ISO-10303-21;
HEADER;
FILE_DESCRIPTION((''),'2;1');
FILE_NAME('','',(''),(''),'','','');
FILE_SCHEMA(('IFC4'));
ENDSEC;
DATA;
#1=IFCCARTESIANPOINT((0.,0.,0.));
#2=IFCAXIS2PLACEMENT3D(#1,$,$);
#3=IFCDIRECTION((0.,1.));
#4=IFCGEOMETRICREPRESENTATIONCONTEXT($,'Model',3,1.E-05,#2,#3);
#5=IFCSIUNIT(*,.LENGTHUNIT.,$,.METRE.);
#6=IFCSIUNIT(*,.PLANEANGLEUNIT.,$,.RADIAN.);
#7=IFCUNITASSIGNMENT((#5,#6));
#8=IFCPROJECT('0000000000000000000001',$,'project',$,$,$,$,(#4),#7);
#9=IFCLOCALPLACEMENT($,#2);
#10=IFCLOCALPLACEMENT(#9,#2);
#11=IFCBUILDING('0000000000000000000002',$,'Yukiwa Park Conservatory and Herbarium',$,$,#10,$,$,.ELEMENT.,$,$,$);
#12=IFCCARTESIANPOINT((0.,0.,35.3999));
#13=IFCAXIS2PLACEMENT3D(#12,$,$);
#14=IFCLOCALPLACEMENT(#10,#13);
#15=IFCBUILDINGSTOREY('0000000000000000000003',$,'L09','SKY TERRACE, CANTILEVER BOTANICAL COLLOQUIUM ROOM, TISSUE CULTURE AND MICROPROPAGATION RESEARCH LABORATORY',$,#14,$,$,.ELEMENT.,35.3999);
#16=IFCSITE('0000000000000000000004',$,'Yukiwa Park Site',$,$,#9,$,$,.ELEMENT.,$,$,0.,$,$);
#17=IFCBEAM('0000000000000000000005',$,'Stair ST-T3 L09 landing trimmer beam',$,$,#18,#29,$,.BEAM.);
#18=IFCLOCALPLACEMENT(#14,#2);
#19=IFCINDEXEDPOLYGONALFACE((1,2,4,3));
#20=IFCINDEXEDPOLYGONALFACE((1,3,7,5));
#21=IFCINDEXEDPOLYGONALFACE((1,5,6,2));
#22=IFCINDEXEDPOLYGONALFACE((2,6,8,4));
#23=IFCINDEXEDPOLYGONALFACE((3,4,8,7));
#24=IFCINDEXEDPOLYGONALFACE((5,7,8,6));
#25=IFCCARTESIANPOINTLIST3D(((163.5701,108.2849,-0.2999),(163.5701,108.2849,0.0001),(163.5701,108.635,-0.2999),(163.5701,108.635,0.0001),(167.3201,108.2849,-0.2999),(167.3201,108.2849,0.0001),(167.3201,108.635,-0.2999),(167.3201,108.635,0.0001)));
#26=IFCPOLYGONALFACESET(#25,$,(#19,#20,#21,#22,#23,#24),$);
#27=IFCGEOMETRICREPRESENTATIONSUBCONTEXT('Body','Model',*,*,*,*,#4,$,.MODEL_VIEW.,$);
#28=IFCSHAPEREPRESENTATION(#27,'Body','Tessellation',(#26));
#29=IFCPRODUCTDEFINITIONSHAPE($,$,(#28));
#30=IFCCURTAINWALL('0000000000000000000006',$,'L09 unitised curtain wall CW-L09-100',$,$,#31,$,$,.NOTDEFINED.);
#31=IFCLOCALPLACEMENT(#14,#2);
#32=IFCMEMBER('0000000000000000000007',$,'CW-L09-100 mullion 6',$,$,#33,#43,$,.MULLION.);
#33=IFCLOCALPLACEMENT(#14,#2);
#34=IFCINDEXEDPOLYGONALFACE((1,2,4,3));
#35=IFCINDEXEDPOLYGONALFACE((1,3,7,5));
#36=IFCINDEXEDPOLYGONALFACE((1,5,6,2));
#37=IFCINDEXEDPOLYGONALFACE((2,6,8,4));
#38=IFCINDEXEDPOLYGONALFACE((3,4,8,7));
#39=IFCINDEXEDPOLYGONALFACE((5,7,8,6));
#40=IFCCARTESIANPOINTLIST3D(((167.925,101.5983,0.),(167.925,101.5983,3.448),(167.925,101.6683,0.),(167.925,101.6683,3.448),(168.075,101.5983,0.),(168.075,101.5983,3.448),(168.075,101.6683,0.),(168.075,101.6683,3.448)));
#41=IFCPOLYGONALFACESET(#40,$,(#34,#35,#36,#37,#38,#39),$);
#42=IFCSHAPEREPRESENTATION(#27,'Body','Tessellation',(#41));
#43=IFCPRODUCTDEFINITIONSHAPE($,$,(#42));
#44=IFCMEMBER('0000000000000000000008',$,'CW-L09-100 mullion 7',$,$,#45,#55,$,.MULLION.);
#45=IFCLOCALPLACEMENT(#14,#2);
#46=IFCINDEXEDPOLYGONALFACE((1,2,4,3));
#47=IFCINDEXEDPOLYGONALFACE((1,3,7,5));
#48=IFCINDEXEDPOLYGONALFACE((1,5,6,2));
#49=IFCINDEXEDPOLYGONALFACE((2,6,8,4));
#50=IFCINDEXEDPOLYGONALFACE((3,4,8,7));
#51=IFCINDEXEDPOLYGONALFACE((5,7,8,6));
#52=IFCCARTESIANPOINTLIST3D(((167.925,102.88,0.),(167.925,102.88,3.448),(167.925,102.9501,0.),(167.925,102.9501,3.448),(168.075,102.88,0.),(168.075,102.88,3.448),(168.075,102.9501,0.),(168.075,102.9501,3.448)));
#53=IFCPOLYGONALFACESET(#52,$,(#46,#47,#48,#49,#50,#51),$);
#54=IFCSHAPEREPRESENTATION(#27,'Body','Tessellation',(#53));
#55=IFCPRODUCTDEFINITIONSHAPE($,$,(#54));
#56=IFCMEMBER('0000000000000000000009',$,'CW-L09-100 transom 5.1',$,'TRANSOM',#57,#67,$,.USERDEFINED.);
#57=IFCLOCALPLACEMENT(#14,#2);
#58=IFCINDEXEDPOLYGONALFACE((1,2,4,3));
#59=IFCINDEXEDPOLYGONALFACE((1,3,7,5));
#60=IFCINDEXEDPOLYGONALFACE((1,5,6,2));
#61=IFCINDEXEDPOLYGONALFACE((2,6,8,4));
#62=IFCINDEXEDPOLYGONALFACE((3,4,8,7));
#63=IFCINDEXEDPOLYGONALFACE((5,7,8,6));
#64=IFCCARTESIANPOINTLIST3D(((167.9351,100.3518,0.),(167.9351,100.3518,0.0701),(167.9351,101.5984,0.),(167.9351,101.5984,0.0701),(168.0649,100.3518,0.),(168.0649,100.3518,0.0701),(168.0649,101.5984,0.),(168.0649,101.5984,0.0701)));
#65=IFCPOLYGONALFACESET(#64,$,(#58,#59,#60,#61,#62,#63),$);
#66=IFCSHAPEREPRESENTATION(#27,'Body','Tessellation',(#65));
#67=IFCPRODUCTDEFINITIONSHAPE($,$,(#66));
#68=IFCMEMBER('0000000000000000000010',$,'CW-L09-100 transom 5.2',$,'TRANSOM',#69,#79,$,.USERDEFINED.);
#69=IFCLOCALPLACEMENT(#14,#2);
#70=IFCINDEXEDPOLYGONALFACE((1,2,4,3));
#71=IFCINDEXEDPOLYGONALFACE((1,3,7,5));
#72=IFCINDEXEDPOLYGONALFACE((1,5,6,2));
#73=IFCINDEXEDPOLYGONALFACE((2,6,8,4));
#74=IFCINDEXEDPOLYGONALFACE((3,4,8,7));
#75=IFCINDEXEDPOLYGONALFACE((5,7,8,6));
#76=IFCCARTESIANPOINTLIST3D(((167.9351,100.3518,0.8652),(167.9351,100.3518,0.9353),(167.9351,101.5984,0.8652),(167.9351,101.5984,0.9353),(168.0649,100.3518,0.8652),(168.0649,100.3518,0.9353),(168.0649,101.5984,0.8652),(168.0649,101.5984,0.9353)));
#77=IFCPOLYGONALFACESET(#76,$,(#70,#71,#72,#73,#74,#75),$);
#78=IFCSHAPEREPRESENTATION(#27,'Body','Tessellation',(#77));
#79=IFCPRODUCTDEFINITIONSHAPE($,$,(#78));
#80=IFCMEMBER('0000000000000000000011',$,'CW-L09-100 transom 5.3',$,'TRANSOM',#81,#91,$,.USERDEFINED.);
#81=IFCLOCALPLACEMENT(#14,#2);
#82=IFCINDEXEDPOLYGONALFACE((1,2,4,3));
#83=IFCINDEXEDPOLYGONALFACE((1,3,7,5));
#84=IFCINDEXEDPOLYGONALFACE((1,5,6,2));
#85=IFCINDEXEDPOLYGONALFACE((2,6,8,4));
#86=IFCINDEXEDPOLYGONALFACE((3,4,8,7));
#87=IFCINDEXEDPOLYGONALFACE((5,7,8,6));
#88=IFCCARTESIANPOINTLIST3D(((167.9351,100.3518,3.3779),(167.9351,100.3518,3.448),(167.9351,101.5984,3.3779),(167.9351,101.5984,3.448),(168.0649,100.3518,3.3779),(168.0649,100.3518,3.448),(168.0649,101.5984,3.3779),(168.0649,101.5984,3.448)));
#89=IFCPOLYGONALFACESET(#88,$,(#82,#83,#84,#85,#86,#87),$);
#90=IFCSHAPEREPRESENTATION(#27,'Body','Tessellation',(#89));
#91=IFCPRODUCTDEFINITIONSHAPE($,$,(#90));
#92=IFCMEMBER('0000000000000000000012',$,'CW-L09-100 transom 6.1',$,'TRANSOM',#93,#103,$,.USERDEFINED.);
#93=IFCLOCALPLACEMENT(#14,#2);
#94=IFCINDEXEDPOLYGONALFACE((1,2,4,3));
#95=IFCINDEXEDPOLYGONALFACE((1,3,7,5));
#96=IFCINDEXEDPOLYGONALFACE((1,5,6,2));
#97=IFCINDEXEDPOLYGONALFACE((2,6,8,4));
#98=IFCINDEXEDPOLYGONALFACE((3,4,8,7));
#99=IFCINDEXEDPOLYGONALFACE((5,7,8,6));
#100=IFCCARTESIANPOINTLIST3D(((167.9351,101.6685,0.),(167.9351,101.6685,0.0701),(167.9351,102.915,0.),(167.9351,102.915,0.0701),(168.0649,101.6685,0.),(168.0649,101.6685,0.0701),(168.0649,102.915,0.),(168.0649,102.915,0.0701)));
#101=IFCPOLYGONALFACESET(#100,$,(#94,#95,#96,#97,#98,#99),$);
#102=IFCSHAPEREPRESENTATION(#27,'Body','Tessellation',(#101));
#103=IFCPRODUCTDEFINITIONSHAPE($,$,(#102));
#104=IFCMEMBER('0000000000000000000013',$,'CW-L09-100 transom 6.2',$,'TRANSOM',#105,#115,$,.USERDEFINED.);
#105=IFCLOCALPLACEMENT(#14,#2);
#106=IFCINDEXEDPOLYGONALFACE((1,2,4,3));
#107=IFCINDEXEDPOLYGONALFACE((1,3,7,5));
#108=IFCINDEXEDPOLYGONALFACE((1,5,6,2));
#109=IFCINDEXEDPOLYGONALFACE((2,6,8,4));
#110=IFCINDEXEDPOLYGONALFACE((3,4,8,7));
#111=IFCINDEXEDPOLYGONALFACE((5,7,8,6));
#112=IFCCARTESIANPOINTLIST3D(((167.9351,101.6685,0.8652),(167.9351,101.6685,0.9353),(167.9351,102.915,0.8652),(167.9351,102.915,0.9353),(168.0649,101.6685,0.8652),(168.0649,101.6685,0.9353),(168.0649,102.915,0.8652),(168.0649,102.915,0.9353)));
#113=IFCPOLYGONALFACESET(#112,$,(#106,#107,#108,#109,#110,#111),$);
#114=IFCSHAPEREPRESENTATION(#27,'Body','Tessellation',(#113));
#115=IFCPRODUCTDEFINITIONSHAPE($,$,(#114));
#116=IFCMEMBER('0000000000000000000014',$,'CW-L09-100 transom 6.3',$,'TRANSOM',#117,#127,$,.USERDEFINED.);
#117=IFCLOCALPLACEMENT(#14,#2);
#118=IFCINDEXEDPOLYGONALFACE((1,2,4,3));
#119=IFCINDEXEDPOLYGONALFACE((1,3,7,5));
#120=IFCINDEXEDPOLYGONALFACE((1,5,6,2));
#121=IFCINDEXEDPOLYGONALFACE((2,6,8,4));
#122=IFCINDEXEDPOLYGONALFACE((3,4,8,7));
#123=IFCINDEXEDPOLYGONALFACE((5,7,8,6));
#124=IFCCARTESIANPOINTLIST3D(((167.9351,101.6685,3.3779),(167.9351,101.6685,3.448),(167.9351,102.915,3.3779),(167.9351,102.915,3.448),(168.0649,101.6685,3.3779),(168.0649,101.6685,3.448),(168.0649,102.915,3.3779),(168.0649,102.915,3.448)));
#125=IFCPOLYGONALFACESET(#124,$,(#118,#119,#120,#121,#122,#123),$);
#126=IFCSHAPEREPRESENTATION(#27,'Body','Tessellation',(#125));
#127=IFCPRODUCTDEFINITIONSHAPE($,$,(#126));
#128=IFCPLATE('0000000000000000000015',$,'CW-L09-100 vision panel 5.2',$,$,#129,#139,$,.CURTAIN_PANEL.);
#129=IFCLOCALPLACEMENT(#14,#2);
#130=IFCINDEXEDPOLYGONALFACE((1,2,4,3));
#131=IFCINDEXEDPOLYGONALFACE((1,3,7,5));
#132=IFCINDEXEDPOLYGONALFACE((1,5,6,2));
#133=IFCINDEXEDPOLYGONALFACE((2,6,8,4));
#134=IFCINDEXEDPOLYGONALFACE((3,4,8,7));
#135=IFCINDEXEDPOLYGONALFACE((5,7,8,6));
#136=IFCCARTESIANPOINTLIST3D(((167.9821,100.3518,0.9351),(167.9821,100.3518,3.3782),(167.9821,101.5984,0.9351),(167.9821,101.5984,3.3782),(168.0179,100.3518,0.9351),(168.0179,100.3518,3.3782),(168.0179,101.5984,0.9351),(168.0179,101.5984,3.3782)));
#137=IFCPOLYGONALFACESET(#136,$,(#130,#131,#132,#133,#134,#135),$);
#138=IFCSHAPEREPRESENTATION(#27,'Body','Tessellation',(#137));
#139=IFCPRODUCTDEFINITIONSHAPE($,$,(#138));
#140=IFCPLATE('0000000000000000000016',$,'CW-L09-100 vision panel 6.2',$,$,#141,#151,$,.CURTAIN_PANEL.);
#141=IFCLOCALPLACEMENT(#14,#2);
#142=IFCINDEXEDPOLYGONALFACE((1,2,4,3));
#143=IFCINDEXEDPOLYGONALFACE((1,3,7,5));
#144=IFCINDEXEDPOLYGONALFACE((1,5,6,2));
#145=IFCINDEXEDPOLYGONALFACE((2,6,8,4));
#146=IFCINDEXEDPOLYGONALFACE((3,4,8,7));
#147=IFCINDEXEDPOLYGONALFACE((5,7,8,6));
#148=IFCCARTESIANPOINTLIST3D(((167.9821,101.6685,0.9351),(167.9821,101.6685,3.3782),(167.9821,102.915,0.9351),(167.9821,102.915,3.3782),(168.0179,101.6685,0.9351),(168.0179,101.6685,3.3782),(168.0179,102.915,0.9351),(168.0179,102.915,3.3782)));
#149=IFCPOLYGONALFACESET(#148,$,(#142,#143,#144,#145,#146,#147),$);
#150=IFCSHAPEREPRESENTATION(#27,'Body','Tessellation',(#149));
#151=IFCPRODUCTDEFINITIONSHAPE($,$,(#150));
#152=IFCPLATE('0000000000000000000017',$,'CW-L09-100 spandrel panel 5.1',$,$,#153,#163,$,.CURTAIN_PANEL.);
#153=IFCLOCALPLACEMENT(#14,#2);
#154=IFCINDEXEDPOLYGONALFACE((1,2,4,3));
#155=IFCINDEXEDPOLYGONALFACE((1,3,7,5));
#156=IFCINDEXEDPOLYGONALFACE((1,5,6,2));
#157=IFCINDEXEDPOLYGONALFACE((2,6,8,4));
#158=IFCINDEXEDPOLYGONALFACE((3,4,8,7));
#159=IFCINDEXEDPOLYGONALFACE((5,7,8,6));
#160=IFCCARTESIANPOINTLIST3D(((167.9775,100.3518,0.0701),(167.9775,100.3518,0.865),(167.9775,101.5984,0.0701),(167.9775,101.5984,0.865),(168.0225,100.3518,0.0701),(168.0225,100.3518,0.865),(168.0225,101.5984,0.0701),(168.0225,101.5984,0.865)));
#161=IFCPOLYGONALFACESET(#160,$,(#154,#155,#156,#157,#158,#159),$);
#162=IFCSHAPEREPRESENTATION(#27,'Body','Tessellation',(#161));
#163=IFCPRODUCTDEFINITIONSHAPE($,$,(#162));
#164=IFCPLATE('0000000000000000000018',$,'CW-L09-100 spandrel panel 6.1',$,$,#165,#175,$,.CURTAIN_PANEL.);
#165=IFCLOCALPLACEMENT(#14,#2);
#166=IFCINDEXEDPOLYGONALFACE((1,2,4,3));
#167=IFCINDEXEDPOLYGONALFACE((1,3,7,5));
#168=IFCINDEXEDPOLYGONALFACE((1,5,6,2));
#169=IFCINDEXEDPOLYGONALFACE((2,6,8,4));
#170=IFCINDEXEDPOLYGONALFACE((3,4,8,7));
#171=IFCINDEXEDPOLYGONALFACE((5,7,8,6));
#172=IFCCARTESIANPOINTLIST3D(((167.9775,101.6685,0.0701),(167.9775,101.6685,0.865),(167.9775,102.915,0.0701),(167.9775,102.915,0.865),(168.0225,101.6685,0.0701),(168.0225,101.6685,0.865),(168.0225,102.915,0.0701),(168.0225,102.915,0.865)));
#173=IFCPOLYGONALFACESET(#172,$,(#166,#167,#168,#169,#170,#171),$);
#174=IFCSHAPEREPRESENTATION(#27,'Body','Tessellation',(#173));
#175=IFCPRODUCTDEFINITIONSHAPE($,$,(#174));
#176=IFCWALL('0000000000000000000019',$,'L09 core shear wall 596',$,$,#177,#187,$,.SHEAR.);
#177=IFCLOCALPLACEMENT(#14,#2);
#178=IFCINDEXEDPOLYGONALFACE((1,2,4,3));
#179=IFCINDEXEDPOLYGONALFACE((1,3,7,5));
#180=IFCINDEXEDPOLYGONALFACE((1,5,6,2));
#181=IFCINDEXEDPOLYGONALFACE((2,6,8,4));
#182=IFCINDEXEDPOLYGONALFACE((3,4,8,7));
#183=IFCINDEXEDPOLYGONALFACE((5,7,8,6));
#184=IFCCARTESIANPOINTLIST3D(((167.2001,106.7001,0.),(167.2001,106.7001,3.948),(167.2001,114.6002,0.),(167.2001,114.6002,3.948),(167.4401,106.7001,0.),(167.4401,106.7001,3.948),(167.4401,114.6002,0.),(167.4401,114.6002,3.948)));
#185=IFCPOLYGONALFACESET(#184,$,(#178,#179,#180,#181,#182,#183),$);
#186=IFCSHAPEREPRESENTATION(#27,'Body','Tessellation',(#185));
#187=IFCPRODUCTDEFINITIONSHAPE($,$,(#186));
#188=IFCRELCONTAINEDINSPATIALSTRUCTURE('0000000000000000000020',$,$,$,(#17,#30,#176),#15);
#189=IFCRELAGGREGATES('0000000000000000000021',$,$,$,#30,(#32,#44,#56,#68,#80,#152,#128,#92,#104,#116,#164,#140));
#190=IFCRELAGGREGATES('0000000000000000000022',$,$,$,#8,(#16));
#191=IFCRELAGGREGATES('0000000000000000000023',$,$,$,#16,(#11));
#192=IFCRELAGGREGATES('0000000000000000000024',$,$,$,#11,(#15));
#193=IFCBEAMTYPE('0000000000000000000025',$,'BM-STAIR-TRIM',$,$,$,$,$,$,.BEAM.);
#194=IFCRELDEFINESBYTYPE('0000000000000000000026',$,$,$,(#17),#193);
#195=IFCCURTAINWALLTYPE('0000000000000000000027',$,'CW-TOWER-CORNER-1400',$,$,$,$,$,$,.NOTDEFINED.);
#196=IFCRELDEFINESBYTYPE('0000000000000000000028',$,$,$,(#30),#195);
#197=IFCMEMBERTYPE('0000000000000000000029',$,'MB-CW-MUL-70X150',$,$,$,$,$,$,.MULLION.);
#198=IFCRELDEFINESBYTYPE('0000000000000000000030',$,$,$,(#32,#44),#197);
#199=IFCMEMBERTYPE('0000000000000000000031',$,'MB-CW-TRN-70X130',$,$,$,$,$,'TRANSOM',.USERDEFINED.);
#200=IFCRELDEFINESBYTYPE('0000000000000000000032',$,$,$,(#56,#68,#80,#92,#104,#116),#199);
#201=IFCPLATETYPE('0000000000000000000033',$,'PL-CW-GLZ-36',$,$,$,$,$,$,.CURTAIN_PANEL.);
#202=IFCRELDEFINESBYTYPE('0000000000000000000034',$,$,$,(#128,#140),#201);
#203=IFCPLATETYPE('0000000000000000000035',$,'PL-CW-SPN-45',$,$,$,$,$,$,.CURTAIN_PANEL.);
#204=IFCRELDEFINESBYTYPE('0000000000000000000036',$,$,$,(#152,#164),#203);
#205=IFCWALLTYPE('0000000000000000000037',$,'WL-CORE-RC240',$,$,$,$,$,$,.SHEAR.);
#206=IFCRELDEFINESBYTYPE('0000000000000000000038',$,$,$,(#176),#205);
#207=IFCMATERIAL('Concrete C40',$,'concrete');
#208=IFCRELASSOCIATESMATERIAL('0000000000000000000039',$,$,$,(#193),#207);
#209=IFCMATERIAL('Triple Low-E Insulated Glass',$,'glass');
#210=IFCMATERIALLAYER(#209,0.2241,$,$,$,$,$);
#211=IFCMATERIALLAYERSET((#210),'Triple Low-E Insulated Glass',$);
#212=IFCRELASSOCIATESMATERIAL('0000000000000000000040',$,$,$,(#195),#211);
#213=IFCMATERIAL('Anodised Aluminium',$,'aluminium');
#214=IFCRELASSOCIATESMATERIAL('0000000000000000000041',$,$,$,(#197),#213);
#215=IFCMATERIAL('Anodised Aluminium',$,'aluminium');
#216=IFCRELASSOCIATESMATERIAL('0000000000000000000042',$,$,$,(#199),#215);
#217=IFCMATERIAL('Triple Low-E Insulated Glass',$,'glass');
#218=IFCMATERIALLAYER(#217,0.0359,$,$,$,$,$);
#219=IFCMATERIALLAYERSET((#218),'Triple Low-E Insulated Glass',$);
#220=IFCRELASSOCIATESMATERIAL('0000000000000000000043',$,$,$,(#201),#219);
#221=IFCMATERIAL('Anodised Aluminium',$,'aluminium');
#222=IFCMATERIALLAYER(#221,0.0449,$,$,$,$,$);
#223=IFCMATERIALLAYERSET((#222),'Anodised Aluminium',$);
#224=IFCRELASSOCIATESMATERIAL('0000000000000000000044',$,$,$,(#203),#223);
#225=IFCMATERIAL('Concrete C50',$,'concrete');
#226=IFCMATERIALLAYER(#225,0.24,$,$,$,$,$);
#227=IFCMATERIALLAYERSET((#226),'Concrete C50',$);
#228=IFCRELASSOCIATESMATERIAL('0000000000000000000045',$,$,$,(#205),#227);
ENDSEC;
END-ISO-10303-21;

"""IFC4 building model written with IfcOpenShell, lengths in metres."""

from ifc_helpers import new_model, si_unit, direction, frame, frame_2d, origin, origin_2d, place, context, subcontext, project, spatial, rectangle, extrude, material, layer, layer_set, material_profile, profile_set, type_object, element, aggregate, save


model = new_model("IFC4")

# Units and contexts
model_context = context("Model", 3, precision=1e-05, world=origin(), true_north=direction((0.0, 1.0)))
body_context = subcontext(model_context, "Body", "Model", "MODEL_VIEW")
ifc_project = project(units=[si_unit("LENGTHUNIT", "METRE"), si_unit("PLANEANGLEUNIT", "RADIAN")], contexts=[model_context])

# Site, building, storey
site_placement = place(None, origin())
site = spatial("IfcSite", under=ifc_project, at=site_placement, Name="Yukiwa Park Site", CompositionType="ELEMENT", RefElevation=0.0)
building_placement = place(site_placement, origin())
building = spatial("IfcBuilding", under=site, at=building_placement, Name="Yukiwa Park Conservatory and Herbarium", CompositionType="ELEMENT")
storey_placement = place(building_placement, frame((0.0, 0.0, 35.3999)))
storey = spatial("IfcBuildingStorey", under=building, at=storey_placement, Name="L09", Description="SKY TERRACE, CANTILEVER BOTANICAL COLLOQUIUM ROOM, TISSUE CULTURE AND MICROPROPAGATION RESEARCH LABORATORY", CompositionType="ELEMENT", Elevation=35.3999)

# Beam
ifc_material_1 = material(Name="Concrete C40", Category="concrete")
ifc_material_profile_1 = material_profile(ifc_material_1, rectangle(XDim=0.3501, YDim=0.3, at=origin_2d()), Name="RC 350x300")
ifc_profile_set_1 = profile_set([ifc_material_profile_1], Name="Concrete C40")
beam_type_1 = type_object("IfcBeamType", Name="BM-STAIR-TRIM", PredefinedType="BEAM", material=ifc_profile_set_1)
beam_1_placement = place(storey_placement, frame((163.5701, 108.46, -0.1499), z_axis=(1.0, 0.0, 0.0), x_axis=(0.0, 1.0, 0.0)))
element("IfcBeam", 1, at=beam_1_placement, inside=storey, type_object=beam_type_1, Name="Stair ST-T3 L09 landing trimmer beam", PredefinedType="BEAM", context=body_context, shape_type="SweptSolid", body=[
    extrude(rectangle(XDim=0.3501, YDim=0.3, at=origin_2d()), origin(), (0.0, 0.0, 1.0), 3.75),
])

# Curtain wall, members, plates
ifc_material_2 = material(Name="Triple Low-E Insulated Glass", Category="glass")
ifc_layer_1 = layer(ifc_material_2, 0.2241)
ifc_layer_set_1 = layer_set([ifc_layer_1], Name="Triple Low-E Insulated Glass")
curtain_wall_type = type_object("IfcCurtainWallType", Name="CW-TOWER-CORNER-1400", PredefinedType="NOTDEFINED", material=ifc_layer_set_1)
curtain_wall_placement = place(storey_placement, origin())
curtain_wall = element("IfcCurtainWall", 2, at=curtain_wall_placement, inside=storey, type_object=curtain_wall_type, Name="L09 unitised curtain wall CW-L09-100", PredefinedType="NOTDEFINED")
ifc_material_3 = material(Name="Anodised Aluminium", Category="aluminium")
member_type_1 = type_object("IfcMemberType", Name="MB-CW-MUL-70X150", PredefinedType="MULLION", material=ifc_material_3)
member_1_placement = place(storey_placement, frame((168.0, 101.6333, 0.0), z_axis=(0.0, 0.0, 1.0), x_axis=(0.0, 1.0, 0.0)))
member_1 = element("IfcMember", 3, at=member_1_placement, type_object=member_type_1, Name="CW-L09-100 mullion 6", PredefinedType="MULLION", context=body_context, shape_type="SweptSolid", body=[
    extrude(rectangle(XDim=0.0701, YDim=0.1499, at=origin_2d()), origin(), (0.0, 0.0, 1.0), 3.448),
])
member_2_placement = place(storey_placement, frame((168.0, 102.915, 0.0), z_axis=(0.0, 0.0, 1.0), x_axis=(0.0, 1.0, 0.0)))
member_2 = element("IfcMember", 4, at=member_2_placement, type_object=member_type_1, Name="CW-L09-100 mullion 7", PredefinedType="MULLION", context=body_context, shape_type="SweptSolid", body=[
    extrude(rectangle(XDim=0.0701, YDim=0.1499, at=origin_2d()), origin(), (0.0, 0.0, 1.0), 3.448),
])
ifc_material_4 = material(Name="Anodised Aluminium", Category="aluminium")
member_type_2 = type_object("IfcMemberType", Name="MB-CW-TRN-70X130", ElementType="TRANSOM", PredefinedType="USERDEFINED", material=ifc_material_4)
member_3_placement = place(storey_placement, frame((168.0, 100.9751, 0.0), z_axis=(0.0, 0.0, 1.0), x_axis=(0.0, 1.0, 0.0)))
member_3 = element("IfcMember", 5, at=member_3_placement, type_object=member_type_2, Name="CW-L09-100 transom 5.1", ObjectType="TRANSOM", PredefinedType="USERDEFINED", context=body_context, shape_type="SweptSolid", body=[
    extrude(rectangle(XDim=1.2466, YDim=0.1299, at=origin_2d()), origin(), (0.0, 0.0, 1.0), 0.0701),
])
member_4_placement = place(storey_placement, frame((168.0, 100.9751, 0.8652), z_axis=(0.0, 0.0, 1.0), x_axis=(0.0, 1.0, 0.0)))
member_4 = element("IfcMember", 6, at=member_4_placement, type_object=member_type_2, Name="CW-L09-100 transom 5.2", ObjectType="TRANSOM", PredefinedType="USERDEFINED", context=body_context, shape_type="SweptSolid", body=[
    extrude(rectangle(XDim=1.2466, YDim=0.1299, at=origin_2d()), origin(), (0.0, 0.0, 1.0), 0.0701),
])
member_5_placement = place(storey_placement, frame((168.0, 100.9751, 3.3779), z_axis=(0.0, 0.0, 1.0), x_axis=(0.0, 1.0, 0.0)))
member_5 = element("IfcMember", 7, at=member_5_placement, type_object=member_type_2, Name="CW-L09-100 transom 5.3", ObjectType="TRANSOM", PredefinedType="USERDEFINED", context=body_context, shape_type="SweptSolid", body=[
    extrude(rectangle(XDim=1.2466, YDim=0.1299, at=origin_2d()), origin(), (0.0, 0.0, 1.0), 0.0701),
])
member_6_placement = place(storey_placement, frame((168.0, 102.2917, 0.0), z_axis=(0.0, 0.0, 1.0), x_axis=(0.0, 1.0, 0.0)))
member_6 = element("IfcMember", 8, at=member_6_placement, type_object=member_type_2, Name="CW-L09-100 transom 6.1", ObjectType="TRANSOM", PredefinedType="USERDEFINED", context=body_context, shape_type="SweptSolid", body=[
    extrude(rectangle(XDim=1.2466, YDim=0.1299, at=origin_2d()), origin(), (0.0, 0.0, 1.0), 0.0701),
])
member_7_placement = place(storey_placement, frame((168.0, 102.2917, 0.8652), z_axis=(0.0, 0.0, 1.0), x_axis=(0.0, 1.0, 0.0)))
member_7 = element("IfcMember", 9, at=member_7_placement, type_object=member_type_2, Name="CW-L09-100 transom 6.2", ObjectType="TRANSOM", PredefinedType="USERDEFINED", context=body_context, shape_type="SweptSolid", body=[
    extrude(rectangle(XDim=1.2466, YDim=0.1299, at=origin_2d()), origin(), (0.0, 0.0, 1.0), 0.0701),
])
member_8_placement = place(storey_placement, frame((168.0, 102.2917, 3.3779), z_axis=(0.0, 0.0, 1.0), x_axis=(0.0, 1.0, 0.0)))
member_8 = element("IfcMember", 10, at=member_8_placement, type_object=member_type_2, Name="CW-L09-100 transom 6.3", ObjectType="TRANSOM", PredefinedType="USERDEFINED", context=body_context, shape_type="SweptSolid", body=[
    extrude(rectangle(XDim=1.2466, YDim=0.1299, at=origin_2d()), origin(), (0.0, 0.0, 1.0), 0.0701),
])
ifc_material_5 = material(Name="Triple Low-E Insulated Glass", Category="glass")
ifc_layer_2 = layer(ifc_material_5, 0.0359)
ifc_layer_set_2 = layer_set([ifc_layer_2], Name="Triple Low-E Insulated Glass")
plate_type_1 = type_object("IfcPlateType", Name="PL-CW-GLZ-36", PredefinedType="CURTAIN_PANEL", material=ifc_layer_set_2)
plate_1_placement = place(storey_placement, frame((168.0, 100.9751, 0.9351), z_axis=(0.0, 0.0, 1.0), x_axis=(0.0, 1.0, 0.0)))
plate_1 = element("IfcPlate", 11, at=plate_1_placement, type_object=plate_type_1, Name="CW-L09-100 vision panel 5.2", PredefinedType="CURTAIN_PANEL", context=body_context, shape_type="SweptSolid", body=[
    extrude(rectangle(XDim=1.2466, YDim=0.0359, at=origin_2d()), origin(), (0.0, 0.0, 1.0), 2.4431),
])
plate_2_placement = place(storey_placement, frame((168.0, 102.2917, 0.9351), z_axis=(0.0, 0.0, 1.0), x_axis=(0.0, 1.0, 0.0)))
plate_2 = element("IfcPlate", 12, at=plate_2_placement, type_object=plate_type_1, Name="CW-L09-100 vision panel 6.2", PredefinedType="CURTAIN_PANEL", context=body_context, shape_type="SweptSolid", body=[
    extrude(rectangle(XDim=1.2466, YDim=0.0359, at=origin_2d()), origin(), (0.0, 0.0, 1.0), 2.4431),
])
ifc_material_6 = material(Name="Anodised Aluminium", Category="aluminium")
ifc_layer_3 = layer(ifc_material_6, 0.0449)
ifc_layer_set_3 = layer_set([ifc_layer_3], Name="Anodised Aluminium")
plate_type_2 = type_object("IfcPlateType", Name="PL-CW-SPN-45", PredefinedType="CURTAIN_PANEL", material=ifc_layer_set_3)
plate_3_placement = place(storey_placement, frame((168.0, 100.9751, 0.0701), z_axis=(0.0, 0.0, 1.0), x_axis=(0.0, 1.0, 0.0)))
plate_3 = element("IfcPlate", 13, at=plate_3_placement, type_object=plate_type_2, Name="CW-L09-100 spandrel panel 5.1", PredefinedType="CURTAIN_PANEL", context=body_context, shape_type="SweptSolid", body=[
    extrude(rectangle(XDim=1.2466, YDim=0.0449, at=origin_2d()), origin(), (0.0, 0.0, 1.0), 0.7949),
])
plate_4_placement = place(storey_placement, frame((168.0, 102.2917, 0.0701), z_axis=(0.0, 0.0, 1.0), x_axis=(0.0, 1.0, 0.0)))
plate_4 = element("IfcPlate", 14, at=plate_4_placement, type_object=plate_type_2, Name="CW-L09-100 spandrel panel 6.1", PredefinedType="CURTAIN_PANEL", context=body_context, shape_type="SweptSolid", body=[
    extrude(rectangle(XDim=1.2466, YDim=0.0449, at=origin_2d()), origin(), (0.0, 0.0, 1.0), 0.7949),
])
aggregate(curtain_wall, [member_1, member_2, member_3, member_4, member_5, plate_3, plate_1, member_6, member_7, member_8, plate_4, plate_2])

# Wall
ifc_material_7 = material(Name="Concrete C50", Category="concrete")
ifc_layer_4 = layer(ifc_material_7, 0.24)
ifc_layer_set_4 = layer_set([ifc_layer_4], Name="Concrete C50")
wall_type_1 = type_object("IfcWallType", Name="WL-CORE-RC240", PredefinedType="SHEAR", material=ifc_layer_set_4)
wall_1_placement = place(storey_placement, frame((167.3201, 106.7, 0.0), z_axis=(0.0, 0.0, 1.0), x_axis=(0.0, 1.0, 0.0)))
element("IfcWall", 15, at=wall_1_placement, inside=storey, type_object=wall_type_1, Name="L09 core shear wall 596", PredefinedType="SHEAR", context=body_context, shape_type="SweptSolid", body=[
    extrude(rectangle(XDim=7.9001, YDim=0.24, at=frame_2d((3.9502, 0.0))), origin(), (0.0, 0.0, 1.0), 3.948),
])

save(model, "model.ifc")
